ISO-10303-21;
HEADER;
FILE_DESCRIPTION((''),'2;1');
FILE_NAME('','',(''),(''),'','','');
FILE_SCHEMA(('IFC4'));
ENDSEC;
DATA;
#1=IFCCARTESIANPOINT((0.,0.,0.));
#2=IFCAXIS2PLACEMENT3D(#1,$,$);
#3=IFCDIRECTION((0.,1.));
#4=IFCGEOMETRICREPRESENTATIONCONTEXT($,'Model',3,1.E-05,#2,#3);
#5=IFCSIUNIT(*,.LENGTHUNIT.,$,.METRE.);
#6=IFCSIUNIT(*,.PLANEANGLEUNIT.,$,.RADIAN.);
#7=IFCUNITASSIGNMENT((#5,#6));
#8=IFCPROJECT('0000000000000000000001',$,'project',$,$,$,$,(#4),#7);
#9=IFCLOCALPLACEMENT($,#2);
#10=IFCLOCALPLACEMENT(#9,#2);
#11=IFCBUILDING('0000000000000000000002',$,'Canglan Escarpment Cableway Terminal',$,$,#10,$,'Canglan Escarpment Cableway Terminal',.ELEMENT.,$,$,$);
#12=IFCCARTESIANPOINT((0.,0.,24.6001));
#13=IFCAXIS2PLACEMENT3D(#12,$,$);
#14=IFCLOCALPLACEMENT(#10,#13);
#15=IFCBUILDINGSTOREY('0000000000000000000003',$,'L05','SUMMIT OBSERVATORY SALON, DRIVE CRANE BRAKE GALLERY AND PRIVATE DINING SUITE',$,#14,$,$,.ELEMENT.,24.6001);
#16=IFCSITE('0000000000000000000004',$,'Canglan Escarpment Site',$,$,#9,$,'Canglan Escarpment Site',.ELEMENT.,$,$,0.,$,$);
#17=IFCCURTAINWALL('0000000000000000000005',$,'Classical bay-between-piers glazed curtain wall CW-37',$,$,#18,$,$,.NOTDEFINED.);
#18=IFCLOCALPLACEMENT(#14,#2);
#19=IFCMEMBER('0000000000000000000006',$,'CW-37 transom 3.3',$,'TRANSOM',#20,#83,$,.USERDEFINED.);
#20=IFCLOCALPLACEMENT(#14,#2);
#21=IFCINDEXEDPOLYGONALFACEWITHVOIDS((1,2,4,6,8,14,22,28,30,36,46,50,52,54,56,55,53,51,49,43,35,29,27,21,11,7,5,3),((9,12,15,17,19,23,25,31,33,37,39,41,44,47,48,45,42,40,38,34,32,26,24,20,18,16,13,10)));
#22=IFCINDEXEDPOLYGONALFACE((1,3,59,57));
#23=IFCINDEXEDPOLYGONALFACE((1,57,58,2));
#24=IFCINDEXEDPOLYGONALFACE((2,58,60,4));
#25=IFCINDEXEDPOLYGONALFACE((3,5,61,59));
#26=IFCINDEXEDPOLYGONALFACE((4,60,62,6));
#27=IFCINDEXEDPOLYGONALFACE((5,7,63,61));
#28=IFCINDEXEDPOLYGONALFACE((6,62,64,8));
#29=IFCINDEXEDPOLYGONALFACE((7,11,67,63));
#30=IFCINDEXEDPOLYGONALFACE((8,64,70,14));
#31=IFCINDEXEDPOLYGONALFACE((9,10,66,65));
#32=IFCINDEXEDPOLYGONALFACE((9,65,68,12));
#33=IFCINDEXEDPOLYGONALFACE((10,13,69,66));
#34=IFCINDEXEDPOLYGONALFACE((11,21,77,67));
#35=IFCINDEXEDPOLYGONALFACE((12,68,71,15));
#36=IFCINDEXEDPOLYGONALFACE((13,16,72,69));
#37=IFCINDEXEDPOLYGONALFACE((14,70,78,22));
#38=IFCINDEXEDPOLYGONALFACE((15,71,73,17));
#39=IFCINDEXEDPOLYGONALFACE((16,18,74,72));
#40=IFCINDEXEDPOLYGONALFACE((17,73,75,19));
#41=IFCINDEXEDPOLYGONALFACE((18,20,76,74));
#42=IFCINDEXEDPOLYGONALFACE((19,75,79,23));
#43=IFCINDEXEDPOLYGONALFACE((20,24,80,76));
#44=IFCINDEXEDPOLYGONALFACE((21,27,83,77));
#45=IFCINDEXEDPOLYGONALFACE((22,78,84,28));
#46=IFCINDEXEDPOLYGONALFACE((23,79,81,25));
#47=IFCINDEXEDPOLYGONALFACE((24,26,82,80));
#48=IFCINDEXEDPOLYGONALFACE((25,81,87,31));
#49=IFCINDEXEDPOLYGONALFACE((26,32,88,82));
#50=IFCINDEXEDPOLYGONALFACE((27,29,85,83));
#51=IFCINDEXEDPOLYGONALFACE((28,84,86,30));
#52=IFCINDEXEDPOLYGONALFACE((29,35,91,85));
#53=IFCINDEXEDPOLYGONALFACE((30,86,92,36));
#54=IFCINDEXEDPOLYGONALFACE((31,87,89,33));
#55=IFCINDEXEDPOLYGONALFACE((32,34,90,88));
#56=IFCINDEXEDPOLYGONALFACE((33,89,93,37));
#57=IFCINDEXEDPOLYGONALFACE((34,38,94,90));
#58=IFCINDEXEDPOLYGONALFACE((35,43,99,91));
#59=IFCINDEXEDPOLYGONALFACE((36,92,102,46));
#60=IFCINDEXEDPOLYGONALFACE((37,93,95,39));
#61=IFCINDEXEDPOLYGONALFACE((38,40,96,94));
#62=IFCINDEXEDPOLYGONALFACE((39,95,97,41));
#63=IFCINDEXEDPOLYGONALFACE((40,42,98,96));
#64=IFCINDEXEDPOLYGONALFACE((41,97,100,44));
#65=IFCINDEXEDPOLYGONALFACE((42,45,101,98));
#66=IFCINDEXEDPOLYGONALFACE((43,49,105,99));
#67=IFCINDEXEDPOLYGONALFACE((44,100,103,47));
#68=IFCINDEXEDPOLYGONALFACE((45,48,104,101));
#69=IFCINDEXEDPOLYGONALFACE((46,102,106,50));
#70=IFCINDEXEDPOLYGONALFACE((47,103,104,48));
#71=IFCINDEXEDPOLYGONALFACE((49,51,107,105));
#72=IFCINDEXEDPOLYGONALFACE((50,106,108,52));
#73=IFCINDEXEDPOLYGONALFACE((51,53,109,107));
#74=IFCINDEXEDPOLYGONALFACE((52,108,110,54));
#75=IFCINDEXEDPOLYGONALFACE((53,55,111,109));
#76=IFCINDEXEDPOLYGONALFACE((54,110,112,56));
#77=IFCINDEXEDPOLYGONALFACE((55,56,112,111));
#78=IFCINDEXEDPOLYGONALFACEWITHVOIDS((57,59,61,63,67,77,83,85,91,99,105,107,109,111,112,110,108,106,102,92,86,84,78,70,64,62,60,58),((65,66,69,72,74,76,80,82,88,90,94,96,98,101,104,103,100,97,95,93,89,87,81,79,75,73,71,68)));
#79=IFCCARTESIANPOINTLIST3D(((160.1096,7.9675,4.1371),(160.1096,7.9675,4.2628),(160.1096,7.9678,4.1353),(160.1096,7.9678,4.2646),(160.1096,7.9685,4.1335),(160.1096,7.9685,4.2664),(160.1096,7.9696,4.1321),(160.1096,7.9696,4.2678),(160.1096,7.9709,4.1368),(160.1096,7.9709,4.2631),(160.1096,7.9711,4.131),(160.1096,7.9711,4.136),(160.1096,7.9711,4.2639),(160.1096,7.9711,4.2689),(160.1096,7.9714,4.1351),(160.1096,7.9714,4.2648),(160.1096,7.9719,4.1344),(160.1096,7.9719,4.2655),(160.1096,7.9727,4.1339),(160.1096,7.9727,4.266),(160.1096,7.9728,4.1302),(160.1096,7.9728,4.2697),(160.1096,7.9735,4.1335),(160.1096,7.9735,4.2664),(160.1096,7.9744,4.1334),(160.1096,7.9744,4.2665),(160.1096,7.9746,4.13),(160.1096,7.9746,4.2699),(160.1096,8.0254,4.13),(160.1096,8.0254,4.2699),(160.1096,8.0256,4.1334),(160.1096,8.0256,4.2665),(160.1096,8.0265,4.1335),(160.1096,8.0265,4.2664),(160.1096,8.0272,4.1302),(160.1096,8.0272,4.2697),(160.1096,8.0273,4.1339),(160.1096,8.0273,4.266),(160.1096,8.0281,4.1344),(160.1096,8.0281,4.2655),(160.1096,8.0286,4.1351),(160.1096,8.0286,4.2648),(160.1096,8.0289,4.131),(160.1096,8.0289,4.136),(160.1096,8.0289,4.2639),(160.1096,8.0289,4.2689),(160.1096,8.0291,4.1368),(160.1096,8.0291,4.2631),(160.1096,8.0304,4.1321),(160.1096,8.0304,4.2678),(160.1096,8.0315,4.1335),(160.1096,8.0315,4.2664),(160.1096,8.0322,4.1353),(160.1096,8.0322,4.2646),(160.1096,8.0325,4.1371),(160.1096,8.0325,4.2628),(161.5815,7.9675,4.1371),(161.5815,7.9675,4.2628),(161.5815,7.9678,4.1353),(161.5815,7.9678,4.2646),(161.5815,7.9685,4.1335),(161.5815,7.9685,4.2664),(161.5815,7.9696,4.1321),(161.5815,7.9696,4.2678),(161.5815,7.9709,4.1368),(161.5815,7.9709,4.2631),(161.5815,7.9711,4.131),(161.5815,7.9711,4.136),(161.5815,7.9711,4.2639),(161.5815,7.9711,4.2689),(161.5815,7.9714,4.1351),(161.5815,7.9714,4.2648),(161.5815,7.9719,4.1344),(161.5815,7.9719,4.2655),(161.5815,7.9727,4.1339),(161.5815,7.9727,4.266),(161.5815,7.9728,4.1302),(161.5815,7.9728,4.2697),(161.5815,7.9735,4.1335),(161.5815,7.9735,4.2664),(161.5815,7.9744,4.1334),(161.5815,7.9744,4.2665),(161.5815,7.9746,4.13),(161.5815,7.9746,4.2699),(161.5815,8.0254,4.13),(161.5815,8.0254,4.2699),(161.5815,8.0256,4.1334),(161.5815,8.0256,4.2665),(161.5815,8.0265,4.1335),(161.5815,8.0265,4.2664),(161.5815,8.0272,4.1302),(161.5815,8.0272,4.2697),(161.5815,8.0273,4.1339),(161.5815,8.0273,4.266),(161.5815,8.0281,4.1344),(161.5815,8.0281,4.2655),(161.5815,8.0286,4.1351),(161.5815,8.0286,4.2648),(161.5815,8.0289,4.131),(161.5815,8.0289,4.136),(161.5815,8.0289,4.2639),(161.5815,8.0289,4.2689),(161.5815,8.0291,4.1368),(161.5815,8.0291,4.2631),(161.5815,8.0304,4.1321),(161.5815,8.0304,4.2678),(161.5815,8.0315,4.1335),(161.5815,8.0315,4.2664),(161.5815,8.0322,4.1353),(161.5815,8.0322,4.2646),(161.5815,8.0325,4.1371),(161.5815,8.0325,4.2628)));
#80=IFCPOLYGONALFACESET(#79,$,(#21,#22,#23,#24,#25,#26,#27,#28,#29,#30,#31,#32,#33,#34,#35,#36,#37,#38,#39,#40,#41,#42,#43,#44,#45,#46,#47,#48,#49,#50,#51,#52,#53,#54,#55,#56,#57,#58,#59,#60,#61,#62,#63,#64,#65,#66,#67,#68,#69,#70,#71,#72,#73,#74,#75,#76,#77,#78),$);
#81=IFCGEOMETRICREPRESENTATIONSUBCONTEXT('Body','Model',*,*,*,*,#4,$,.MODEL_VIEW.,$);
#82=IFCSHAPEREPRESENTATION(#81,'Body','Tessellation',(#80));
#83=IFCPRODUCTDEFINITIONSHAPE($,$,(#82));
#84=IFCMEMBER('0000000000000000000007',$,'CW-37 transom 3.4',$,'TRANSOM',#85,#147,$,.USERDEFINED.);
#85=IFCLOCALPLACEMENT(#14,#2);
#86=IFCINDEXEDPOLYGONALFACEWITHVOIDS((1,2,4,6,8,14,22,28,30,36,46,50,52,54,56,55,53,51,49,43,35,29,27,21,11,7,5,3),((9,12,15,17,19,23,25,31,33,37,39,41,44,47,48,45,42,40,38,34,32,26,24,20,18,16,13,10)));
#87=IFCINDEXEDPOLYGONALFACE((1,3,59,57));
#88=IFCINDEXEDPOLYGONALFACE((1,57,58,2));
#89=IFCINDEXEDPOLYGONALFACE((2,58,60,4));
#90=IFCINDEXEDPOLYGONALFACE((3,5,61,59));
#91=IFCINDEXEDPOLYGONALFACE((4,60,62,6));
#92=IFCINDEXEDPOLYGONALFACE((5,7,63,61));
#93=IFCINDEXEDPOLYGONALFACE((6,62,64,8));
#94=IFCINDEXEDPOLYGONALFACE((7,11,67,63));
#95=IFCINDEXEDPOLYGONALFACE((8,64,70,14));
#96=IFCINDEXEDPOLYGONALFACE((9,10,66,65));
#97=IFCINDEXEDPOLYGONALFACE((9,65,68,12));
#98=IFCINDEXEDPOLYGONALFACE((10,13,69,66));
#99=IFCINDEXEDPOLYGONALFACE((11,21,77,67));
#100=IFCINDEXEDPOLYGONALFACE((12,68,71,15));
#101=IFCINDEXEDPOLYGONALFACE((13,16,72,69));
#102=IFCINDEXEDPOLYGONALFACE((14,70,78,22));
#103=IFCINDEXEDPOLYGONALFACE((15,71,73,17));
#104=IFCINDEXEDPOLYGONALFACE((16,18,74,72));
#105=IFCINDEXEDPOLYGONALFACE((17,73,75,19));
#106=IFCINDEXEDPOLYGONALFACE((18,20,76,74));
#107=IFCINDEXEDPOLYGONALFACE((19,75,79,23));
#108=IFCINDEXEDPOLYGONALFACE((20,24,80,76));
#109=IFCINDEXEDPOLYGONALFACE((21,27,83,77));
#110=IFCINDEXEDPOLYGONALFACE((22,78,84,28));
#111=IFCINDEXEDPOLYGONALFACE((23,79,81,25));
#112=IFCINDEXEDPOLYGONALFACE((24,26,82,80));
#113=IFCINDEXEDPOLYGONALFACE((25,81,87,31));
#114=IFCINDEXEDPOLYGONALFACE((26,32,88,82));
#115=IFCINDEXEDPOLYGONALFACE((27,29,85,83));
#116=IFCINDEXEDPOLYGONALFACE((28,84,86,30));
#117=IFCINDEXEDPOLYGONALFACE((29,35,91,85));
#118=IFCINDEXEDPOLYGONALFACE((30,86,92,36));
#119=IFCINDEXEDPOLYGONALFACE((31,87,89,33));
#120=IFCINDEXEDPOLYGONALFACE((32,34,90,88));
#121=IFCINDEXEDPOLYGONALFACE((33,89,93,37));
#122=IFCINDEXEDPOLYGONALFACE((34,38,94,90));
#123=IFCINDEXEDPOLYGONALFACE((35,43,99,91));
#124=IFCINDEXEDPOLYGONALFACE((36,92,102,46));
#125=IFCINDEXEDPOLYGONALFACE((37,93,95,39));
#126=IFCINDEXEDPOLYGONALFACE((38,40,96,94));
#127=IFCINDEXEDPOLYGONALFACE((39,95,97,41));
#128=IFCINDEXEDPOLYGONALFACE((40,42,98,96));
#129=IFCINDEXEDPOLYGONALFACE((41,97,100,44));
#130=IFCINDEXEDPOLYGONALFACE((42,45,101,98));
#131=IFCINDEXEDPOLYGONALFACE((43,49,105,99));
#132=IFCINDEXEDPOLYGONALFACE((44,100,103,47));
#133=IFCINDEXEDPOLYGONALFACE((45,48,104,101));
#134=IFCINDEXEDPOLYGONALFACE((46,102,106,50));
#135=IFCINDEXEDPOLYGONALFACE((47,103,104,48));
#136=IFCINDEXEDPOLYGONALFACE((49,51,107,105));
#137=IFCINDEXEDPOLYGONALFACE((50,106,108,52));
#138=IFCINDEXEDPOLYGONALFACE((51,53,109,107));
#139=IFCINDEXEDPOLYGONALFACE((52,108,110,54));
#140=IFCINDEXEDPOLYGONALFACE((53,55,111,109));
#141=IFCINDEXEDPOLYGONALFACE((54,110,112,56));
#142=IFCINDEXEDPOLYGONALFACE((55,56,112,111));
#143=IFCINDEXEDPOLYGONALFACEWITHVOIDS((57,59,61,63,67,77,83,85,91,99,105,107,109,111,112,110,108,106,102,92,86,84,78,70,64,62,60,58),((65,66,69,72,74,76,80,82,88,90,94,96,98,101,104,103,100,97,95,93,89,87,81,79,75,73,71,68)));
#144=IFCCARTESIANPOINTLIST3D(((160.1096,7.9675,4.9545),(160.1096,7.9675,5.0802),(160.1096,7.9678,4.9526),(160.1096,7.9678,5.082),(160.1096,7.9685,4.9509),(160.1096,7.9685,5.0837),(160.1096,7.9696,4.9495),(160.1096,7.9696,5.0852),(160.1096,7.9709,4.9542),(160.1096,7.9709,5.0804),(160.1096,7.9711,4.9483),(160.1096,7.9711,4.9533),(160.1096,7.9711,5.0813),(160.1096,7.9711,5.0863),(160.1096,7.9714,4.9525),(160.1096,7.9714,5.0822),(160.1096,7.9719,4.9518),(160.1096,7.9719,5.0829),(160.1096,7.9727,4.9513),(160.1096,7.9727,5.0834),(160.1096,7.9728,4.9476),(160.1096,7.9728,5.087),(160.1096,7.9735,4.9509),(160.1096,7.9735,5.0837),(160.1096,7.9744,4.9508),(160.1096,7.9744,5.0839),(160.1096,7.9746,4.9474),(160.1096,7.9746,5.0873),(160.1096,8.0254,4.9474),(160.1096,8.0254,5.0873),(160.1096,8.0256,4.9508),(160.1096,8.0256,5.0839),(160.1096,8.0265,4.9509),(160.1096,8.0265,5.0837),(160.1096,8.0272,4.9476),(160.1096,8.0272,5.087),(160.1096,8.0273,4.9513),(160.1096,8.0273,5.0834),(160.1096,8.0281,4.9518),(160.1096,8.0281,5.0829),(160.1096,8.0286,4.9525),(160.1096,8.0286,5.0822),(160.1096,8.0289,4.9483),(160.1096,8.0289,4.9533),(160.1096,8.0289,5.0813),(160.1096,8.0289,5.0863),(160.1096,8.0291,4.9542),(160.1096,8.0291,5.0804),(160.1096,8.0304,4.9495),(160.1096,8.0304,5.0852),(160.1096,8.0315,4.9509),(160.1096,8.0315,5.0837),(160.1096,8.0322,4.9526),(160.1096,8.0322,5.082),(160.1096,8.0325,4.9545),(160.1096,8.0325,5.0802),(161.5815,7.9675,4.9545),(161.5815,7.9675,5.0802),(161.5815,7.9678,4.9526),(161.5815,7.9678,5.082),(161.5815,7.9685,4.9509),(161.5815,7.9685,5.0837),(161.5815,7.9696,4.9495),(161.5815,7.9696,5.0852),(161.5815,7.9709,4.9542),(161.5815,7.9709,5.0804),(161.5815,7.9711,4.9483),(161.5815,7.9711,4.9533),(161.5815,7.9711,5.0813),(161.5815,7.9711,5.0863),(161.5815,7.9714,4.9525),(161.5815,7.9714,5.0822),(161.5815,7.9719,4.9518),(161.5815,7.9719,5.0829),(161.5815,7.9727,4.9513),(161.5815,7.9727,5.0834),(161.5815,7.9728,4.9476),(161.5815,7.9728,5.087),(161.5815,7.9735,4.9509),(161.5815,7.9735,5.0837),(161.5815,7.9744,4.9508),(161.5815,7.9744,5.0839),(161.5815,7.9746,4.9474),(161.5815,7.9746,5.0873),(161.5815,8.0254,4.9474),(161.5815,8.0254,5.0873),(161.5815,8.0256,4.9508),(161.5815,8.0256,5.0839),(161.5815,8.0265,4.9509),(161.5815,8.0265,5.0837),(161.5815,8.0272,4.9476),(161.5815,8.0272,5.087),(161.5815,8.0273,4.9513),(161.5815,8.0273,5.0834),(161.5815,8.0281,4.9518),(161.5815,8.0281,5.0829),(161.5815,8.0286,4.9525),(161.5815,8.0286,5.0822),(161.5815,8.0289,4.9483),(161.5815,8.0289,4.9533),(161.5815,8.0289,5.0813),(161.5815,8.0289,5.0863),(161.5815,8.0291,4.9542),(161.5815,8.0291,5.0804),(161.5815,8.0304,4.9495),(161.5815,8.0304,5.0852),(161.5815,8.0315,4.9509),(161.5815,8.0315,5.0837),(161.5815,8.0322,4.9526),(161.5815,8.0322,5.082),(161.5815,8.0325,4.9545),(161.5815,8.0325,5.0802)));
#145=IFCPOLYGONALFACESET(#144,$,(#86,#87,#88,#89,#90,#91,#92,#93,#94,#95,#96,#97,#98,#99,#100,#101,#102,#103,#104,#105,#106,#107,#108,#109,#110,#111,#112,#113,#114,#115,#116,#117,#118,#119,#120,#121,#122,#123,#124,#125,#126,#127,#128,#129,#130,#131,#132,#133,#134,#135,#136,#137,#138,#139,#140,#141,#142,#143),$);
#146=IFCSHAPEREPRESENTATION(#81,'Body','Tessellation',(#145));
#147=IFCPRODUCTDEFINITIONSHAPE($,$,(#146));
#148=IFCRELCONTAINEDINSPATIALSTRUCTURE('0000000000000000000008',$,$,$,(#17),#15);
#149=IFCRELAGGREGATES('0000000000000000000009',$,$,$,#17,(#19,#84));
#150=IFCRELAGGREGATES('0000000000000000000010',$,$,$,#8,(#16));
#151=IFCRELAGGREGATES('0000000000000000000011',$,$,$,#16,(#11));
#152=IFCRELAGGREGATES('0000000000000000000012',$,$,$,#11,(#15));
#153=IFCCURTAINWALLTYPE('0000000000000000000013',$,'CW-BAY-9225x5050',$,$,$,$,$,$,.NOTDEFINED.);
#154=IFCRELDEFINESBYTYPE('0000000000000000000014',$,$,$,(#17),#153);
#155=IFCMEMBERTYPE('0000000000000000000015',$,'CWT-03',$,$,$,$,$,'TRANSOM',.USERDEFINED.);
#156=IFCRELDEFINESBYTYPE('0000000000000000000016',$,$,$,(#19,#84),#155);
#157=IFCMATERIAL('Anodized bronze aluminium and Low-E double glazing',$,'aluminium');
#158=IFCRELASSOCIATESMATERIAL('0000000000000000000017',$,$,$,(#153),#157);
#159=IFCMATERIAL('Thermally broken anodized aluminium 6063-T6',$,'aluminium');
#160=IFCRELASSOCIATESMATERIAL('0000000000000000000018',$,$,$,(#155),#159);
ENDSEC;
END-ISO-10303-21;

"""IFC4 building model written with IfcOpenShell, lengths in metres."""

from ifc_helpers import new_model, si_unit, direction, frame, origin, origin_2d, place, context, subcontext, project, spatial, hollow_rectangle, extrude, material, material_profile, profile_set, type_object, element, aggregate, save


model = new_model("IFC4")

# Units and contexts
model_context = context("Model", 3, precision=1e-05, world=origin(), true_north=direction((0.0, 1.0)))
body_context = subcontext(model_context, "Body", "Model", "MODEL_VIEW")
ifc_project = project(units=[si_unit("LENGTHUNIT", "METRE"), si_unit("PLANEANGLEUNIT", "RADIAN")], contexts=[model_context])

# Site, building, storey
site_placement = place(None, origin())
site = spatial("IfcSite", under=ifc_project, at=site_placement, Name="Canglan Escarpment Site", LongName="Canglan Escarpment Site", CompositionType="ELEMENT", RefElevation=0.0)
building_placement = place(site_placement, origin())
building = spatial("IfcBuilding", under=site, at=building_placement, Name="Canglan Escarpment Cableway Terminal", LongName="Canglan Escarpment Cableway Terminal", CompositionType="ELEMENT")
storey_placement = place(building_placement, frame((0.0, 0.0, 24.6001)))
storey = spatial("IfcBuildingStorey", under=building, at=storey_placement, Name="L05", Description="SUMMIT OBSERVATORY SALON, DRIVE CRANE BRAKE GALLERY AND PRIVATE DINING SUITE", CompositionType="ELEMENT", Elevation=24.6001)

# Curtain wall, members
ifc_material_1 = material(Name="Anodized bronze aluminium and Low-E double glazing", Category="aluminium")
curtain_wall_type = type_object("IfcCurtainWallType", Name="CW-BAY-9225x5050", PredefinedType="NOTDEFINED", material=ifc_material_1)
curtain_wall_placement = place(storey_placement, origin())
curtain_wall = element("IfcCurtainWall", 1, at=curtain_wall_placement, inside=storey, type_object=curtain_wall_type, Name="Classical bay-between-piers glazed curtain wall CW-37", PredefinedType="NOTDEFINED")
ifc_material_2 = material(Name="Thermally broken anodized aluminium 6063-T6", Category="aluminium")
ifc_material_profile_1 = material_profile(ifc_material_2, hollow_rectangle(XDim=0.0649, YDim=0.1399, WallThickness=0.0034, InnerFilletRadius=0.0034, OuterFilletRadius=0.0071, at=origin_2d()), Name="ALU-TRAN 65x140x3.5")
ifc_profile_set_1 = profile_set([ifc_material_profile_1], Name="Thermally broken anodized aluminium 6063-T6")
member_type_1 = type_object("IfcMemberType", Name="CWT-03", ElementType="TRANSOM", PredefinedType="USERDEFINED", material=ifc_profile_set_1)
member_1_placement = place(storey_placement, frame((160.1096, 8.0, 4.2), z_axis=(1.0, 0.0, 0.0), x_axis=(0.0, 1.0, 0.0)))
member_1 = element("IfcMember", 2, at=member_1_placement, type_object=member_type_1, Name="CW-37 transom 3.3", ObjectType="TRANSOM", PredefinedType="USERDEFINED", context=body_context, shape_type="SweptSolid", body=[
    extrude(hollow_rectangle(XDim=0.0649, YDim=0.1399, WallThickness=0.0034, InnerFilletRadius=0.0034, OuterFilletRadius=0.0071, at=origin_2d()), origin(), (0.0, 0.0, 1.0), 1.4719),
])
member_2_placement = place(storey_placement, frame((160.1096, 8.0, 5.0173), z_axis=(1.0, 0.0, 0.0), x_axis=(0.0, 1.0, 0.0)))
member_2 = element("IfcMember", 3, at=member_2_placement, type_object=member_type_1, Name="CW-37 transom 3.4", ObjectType="TRANSOM", PredefinedType="USERDEFINED", context=body_context, shape_type="SweptSolid", body=[
    extrude(hollow_rectangle(XDim=0.0649, YDim=0.1399, WallThickness=0.0034, InnerFilletRadius=0.0034, OuterFilletRadius=0.0071, at=origin_2d()), origin(), (0.0, 0.0, 1.0), 1.4719),
])

aggregate(curtain_wall, [member_1, member_2])

save(model, "model.ifc")
